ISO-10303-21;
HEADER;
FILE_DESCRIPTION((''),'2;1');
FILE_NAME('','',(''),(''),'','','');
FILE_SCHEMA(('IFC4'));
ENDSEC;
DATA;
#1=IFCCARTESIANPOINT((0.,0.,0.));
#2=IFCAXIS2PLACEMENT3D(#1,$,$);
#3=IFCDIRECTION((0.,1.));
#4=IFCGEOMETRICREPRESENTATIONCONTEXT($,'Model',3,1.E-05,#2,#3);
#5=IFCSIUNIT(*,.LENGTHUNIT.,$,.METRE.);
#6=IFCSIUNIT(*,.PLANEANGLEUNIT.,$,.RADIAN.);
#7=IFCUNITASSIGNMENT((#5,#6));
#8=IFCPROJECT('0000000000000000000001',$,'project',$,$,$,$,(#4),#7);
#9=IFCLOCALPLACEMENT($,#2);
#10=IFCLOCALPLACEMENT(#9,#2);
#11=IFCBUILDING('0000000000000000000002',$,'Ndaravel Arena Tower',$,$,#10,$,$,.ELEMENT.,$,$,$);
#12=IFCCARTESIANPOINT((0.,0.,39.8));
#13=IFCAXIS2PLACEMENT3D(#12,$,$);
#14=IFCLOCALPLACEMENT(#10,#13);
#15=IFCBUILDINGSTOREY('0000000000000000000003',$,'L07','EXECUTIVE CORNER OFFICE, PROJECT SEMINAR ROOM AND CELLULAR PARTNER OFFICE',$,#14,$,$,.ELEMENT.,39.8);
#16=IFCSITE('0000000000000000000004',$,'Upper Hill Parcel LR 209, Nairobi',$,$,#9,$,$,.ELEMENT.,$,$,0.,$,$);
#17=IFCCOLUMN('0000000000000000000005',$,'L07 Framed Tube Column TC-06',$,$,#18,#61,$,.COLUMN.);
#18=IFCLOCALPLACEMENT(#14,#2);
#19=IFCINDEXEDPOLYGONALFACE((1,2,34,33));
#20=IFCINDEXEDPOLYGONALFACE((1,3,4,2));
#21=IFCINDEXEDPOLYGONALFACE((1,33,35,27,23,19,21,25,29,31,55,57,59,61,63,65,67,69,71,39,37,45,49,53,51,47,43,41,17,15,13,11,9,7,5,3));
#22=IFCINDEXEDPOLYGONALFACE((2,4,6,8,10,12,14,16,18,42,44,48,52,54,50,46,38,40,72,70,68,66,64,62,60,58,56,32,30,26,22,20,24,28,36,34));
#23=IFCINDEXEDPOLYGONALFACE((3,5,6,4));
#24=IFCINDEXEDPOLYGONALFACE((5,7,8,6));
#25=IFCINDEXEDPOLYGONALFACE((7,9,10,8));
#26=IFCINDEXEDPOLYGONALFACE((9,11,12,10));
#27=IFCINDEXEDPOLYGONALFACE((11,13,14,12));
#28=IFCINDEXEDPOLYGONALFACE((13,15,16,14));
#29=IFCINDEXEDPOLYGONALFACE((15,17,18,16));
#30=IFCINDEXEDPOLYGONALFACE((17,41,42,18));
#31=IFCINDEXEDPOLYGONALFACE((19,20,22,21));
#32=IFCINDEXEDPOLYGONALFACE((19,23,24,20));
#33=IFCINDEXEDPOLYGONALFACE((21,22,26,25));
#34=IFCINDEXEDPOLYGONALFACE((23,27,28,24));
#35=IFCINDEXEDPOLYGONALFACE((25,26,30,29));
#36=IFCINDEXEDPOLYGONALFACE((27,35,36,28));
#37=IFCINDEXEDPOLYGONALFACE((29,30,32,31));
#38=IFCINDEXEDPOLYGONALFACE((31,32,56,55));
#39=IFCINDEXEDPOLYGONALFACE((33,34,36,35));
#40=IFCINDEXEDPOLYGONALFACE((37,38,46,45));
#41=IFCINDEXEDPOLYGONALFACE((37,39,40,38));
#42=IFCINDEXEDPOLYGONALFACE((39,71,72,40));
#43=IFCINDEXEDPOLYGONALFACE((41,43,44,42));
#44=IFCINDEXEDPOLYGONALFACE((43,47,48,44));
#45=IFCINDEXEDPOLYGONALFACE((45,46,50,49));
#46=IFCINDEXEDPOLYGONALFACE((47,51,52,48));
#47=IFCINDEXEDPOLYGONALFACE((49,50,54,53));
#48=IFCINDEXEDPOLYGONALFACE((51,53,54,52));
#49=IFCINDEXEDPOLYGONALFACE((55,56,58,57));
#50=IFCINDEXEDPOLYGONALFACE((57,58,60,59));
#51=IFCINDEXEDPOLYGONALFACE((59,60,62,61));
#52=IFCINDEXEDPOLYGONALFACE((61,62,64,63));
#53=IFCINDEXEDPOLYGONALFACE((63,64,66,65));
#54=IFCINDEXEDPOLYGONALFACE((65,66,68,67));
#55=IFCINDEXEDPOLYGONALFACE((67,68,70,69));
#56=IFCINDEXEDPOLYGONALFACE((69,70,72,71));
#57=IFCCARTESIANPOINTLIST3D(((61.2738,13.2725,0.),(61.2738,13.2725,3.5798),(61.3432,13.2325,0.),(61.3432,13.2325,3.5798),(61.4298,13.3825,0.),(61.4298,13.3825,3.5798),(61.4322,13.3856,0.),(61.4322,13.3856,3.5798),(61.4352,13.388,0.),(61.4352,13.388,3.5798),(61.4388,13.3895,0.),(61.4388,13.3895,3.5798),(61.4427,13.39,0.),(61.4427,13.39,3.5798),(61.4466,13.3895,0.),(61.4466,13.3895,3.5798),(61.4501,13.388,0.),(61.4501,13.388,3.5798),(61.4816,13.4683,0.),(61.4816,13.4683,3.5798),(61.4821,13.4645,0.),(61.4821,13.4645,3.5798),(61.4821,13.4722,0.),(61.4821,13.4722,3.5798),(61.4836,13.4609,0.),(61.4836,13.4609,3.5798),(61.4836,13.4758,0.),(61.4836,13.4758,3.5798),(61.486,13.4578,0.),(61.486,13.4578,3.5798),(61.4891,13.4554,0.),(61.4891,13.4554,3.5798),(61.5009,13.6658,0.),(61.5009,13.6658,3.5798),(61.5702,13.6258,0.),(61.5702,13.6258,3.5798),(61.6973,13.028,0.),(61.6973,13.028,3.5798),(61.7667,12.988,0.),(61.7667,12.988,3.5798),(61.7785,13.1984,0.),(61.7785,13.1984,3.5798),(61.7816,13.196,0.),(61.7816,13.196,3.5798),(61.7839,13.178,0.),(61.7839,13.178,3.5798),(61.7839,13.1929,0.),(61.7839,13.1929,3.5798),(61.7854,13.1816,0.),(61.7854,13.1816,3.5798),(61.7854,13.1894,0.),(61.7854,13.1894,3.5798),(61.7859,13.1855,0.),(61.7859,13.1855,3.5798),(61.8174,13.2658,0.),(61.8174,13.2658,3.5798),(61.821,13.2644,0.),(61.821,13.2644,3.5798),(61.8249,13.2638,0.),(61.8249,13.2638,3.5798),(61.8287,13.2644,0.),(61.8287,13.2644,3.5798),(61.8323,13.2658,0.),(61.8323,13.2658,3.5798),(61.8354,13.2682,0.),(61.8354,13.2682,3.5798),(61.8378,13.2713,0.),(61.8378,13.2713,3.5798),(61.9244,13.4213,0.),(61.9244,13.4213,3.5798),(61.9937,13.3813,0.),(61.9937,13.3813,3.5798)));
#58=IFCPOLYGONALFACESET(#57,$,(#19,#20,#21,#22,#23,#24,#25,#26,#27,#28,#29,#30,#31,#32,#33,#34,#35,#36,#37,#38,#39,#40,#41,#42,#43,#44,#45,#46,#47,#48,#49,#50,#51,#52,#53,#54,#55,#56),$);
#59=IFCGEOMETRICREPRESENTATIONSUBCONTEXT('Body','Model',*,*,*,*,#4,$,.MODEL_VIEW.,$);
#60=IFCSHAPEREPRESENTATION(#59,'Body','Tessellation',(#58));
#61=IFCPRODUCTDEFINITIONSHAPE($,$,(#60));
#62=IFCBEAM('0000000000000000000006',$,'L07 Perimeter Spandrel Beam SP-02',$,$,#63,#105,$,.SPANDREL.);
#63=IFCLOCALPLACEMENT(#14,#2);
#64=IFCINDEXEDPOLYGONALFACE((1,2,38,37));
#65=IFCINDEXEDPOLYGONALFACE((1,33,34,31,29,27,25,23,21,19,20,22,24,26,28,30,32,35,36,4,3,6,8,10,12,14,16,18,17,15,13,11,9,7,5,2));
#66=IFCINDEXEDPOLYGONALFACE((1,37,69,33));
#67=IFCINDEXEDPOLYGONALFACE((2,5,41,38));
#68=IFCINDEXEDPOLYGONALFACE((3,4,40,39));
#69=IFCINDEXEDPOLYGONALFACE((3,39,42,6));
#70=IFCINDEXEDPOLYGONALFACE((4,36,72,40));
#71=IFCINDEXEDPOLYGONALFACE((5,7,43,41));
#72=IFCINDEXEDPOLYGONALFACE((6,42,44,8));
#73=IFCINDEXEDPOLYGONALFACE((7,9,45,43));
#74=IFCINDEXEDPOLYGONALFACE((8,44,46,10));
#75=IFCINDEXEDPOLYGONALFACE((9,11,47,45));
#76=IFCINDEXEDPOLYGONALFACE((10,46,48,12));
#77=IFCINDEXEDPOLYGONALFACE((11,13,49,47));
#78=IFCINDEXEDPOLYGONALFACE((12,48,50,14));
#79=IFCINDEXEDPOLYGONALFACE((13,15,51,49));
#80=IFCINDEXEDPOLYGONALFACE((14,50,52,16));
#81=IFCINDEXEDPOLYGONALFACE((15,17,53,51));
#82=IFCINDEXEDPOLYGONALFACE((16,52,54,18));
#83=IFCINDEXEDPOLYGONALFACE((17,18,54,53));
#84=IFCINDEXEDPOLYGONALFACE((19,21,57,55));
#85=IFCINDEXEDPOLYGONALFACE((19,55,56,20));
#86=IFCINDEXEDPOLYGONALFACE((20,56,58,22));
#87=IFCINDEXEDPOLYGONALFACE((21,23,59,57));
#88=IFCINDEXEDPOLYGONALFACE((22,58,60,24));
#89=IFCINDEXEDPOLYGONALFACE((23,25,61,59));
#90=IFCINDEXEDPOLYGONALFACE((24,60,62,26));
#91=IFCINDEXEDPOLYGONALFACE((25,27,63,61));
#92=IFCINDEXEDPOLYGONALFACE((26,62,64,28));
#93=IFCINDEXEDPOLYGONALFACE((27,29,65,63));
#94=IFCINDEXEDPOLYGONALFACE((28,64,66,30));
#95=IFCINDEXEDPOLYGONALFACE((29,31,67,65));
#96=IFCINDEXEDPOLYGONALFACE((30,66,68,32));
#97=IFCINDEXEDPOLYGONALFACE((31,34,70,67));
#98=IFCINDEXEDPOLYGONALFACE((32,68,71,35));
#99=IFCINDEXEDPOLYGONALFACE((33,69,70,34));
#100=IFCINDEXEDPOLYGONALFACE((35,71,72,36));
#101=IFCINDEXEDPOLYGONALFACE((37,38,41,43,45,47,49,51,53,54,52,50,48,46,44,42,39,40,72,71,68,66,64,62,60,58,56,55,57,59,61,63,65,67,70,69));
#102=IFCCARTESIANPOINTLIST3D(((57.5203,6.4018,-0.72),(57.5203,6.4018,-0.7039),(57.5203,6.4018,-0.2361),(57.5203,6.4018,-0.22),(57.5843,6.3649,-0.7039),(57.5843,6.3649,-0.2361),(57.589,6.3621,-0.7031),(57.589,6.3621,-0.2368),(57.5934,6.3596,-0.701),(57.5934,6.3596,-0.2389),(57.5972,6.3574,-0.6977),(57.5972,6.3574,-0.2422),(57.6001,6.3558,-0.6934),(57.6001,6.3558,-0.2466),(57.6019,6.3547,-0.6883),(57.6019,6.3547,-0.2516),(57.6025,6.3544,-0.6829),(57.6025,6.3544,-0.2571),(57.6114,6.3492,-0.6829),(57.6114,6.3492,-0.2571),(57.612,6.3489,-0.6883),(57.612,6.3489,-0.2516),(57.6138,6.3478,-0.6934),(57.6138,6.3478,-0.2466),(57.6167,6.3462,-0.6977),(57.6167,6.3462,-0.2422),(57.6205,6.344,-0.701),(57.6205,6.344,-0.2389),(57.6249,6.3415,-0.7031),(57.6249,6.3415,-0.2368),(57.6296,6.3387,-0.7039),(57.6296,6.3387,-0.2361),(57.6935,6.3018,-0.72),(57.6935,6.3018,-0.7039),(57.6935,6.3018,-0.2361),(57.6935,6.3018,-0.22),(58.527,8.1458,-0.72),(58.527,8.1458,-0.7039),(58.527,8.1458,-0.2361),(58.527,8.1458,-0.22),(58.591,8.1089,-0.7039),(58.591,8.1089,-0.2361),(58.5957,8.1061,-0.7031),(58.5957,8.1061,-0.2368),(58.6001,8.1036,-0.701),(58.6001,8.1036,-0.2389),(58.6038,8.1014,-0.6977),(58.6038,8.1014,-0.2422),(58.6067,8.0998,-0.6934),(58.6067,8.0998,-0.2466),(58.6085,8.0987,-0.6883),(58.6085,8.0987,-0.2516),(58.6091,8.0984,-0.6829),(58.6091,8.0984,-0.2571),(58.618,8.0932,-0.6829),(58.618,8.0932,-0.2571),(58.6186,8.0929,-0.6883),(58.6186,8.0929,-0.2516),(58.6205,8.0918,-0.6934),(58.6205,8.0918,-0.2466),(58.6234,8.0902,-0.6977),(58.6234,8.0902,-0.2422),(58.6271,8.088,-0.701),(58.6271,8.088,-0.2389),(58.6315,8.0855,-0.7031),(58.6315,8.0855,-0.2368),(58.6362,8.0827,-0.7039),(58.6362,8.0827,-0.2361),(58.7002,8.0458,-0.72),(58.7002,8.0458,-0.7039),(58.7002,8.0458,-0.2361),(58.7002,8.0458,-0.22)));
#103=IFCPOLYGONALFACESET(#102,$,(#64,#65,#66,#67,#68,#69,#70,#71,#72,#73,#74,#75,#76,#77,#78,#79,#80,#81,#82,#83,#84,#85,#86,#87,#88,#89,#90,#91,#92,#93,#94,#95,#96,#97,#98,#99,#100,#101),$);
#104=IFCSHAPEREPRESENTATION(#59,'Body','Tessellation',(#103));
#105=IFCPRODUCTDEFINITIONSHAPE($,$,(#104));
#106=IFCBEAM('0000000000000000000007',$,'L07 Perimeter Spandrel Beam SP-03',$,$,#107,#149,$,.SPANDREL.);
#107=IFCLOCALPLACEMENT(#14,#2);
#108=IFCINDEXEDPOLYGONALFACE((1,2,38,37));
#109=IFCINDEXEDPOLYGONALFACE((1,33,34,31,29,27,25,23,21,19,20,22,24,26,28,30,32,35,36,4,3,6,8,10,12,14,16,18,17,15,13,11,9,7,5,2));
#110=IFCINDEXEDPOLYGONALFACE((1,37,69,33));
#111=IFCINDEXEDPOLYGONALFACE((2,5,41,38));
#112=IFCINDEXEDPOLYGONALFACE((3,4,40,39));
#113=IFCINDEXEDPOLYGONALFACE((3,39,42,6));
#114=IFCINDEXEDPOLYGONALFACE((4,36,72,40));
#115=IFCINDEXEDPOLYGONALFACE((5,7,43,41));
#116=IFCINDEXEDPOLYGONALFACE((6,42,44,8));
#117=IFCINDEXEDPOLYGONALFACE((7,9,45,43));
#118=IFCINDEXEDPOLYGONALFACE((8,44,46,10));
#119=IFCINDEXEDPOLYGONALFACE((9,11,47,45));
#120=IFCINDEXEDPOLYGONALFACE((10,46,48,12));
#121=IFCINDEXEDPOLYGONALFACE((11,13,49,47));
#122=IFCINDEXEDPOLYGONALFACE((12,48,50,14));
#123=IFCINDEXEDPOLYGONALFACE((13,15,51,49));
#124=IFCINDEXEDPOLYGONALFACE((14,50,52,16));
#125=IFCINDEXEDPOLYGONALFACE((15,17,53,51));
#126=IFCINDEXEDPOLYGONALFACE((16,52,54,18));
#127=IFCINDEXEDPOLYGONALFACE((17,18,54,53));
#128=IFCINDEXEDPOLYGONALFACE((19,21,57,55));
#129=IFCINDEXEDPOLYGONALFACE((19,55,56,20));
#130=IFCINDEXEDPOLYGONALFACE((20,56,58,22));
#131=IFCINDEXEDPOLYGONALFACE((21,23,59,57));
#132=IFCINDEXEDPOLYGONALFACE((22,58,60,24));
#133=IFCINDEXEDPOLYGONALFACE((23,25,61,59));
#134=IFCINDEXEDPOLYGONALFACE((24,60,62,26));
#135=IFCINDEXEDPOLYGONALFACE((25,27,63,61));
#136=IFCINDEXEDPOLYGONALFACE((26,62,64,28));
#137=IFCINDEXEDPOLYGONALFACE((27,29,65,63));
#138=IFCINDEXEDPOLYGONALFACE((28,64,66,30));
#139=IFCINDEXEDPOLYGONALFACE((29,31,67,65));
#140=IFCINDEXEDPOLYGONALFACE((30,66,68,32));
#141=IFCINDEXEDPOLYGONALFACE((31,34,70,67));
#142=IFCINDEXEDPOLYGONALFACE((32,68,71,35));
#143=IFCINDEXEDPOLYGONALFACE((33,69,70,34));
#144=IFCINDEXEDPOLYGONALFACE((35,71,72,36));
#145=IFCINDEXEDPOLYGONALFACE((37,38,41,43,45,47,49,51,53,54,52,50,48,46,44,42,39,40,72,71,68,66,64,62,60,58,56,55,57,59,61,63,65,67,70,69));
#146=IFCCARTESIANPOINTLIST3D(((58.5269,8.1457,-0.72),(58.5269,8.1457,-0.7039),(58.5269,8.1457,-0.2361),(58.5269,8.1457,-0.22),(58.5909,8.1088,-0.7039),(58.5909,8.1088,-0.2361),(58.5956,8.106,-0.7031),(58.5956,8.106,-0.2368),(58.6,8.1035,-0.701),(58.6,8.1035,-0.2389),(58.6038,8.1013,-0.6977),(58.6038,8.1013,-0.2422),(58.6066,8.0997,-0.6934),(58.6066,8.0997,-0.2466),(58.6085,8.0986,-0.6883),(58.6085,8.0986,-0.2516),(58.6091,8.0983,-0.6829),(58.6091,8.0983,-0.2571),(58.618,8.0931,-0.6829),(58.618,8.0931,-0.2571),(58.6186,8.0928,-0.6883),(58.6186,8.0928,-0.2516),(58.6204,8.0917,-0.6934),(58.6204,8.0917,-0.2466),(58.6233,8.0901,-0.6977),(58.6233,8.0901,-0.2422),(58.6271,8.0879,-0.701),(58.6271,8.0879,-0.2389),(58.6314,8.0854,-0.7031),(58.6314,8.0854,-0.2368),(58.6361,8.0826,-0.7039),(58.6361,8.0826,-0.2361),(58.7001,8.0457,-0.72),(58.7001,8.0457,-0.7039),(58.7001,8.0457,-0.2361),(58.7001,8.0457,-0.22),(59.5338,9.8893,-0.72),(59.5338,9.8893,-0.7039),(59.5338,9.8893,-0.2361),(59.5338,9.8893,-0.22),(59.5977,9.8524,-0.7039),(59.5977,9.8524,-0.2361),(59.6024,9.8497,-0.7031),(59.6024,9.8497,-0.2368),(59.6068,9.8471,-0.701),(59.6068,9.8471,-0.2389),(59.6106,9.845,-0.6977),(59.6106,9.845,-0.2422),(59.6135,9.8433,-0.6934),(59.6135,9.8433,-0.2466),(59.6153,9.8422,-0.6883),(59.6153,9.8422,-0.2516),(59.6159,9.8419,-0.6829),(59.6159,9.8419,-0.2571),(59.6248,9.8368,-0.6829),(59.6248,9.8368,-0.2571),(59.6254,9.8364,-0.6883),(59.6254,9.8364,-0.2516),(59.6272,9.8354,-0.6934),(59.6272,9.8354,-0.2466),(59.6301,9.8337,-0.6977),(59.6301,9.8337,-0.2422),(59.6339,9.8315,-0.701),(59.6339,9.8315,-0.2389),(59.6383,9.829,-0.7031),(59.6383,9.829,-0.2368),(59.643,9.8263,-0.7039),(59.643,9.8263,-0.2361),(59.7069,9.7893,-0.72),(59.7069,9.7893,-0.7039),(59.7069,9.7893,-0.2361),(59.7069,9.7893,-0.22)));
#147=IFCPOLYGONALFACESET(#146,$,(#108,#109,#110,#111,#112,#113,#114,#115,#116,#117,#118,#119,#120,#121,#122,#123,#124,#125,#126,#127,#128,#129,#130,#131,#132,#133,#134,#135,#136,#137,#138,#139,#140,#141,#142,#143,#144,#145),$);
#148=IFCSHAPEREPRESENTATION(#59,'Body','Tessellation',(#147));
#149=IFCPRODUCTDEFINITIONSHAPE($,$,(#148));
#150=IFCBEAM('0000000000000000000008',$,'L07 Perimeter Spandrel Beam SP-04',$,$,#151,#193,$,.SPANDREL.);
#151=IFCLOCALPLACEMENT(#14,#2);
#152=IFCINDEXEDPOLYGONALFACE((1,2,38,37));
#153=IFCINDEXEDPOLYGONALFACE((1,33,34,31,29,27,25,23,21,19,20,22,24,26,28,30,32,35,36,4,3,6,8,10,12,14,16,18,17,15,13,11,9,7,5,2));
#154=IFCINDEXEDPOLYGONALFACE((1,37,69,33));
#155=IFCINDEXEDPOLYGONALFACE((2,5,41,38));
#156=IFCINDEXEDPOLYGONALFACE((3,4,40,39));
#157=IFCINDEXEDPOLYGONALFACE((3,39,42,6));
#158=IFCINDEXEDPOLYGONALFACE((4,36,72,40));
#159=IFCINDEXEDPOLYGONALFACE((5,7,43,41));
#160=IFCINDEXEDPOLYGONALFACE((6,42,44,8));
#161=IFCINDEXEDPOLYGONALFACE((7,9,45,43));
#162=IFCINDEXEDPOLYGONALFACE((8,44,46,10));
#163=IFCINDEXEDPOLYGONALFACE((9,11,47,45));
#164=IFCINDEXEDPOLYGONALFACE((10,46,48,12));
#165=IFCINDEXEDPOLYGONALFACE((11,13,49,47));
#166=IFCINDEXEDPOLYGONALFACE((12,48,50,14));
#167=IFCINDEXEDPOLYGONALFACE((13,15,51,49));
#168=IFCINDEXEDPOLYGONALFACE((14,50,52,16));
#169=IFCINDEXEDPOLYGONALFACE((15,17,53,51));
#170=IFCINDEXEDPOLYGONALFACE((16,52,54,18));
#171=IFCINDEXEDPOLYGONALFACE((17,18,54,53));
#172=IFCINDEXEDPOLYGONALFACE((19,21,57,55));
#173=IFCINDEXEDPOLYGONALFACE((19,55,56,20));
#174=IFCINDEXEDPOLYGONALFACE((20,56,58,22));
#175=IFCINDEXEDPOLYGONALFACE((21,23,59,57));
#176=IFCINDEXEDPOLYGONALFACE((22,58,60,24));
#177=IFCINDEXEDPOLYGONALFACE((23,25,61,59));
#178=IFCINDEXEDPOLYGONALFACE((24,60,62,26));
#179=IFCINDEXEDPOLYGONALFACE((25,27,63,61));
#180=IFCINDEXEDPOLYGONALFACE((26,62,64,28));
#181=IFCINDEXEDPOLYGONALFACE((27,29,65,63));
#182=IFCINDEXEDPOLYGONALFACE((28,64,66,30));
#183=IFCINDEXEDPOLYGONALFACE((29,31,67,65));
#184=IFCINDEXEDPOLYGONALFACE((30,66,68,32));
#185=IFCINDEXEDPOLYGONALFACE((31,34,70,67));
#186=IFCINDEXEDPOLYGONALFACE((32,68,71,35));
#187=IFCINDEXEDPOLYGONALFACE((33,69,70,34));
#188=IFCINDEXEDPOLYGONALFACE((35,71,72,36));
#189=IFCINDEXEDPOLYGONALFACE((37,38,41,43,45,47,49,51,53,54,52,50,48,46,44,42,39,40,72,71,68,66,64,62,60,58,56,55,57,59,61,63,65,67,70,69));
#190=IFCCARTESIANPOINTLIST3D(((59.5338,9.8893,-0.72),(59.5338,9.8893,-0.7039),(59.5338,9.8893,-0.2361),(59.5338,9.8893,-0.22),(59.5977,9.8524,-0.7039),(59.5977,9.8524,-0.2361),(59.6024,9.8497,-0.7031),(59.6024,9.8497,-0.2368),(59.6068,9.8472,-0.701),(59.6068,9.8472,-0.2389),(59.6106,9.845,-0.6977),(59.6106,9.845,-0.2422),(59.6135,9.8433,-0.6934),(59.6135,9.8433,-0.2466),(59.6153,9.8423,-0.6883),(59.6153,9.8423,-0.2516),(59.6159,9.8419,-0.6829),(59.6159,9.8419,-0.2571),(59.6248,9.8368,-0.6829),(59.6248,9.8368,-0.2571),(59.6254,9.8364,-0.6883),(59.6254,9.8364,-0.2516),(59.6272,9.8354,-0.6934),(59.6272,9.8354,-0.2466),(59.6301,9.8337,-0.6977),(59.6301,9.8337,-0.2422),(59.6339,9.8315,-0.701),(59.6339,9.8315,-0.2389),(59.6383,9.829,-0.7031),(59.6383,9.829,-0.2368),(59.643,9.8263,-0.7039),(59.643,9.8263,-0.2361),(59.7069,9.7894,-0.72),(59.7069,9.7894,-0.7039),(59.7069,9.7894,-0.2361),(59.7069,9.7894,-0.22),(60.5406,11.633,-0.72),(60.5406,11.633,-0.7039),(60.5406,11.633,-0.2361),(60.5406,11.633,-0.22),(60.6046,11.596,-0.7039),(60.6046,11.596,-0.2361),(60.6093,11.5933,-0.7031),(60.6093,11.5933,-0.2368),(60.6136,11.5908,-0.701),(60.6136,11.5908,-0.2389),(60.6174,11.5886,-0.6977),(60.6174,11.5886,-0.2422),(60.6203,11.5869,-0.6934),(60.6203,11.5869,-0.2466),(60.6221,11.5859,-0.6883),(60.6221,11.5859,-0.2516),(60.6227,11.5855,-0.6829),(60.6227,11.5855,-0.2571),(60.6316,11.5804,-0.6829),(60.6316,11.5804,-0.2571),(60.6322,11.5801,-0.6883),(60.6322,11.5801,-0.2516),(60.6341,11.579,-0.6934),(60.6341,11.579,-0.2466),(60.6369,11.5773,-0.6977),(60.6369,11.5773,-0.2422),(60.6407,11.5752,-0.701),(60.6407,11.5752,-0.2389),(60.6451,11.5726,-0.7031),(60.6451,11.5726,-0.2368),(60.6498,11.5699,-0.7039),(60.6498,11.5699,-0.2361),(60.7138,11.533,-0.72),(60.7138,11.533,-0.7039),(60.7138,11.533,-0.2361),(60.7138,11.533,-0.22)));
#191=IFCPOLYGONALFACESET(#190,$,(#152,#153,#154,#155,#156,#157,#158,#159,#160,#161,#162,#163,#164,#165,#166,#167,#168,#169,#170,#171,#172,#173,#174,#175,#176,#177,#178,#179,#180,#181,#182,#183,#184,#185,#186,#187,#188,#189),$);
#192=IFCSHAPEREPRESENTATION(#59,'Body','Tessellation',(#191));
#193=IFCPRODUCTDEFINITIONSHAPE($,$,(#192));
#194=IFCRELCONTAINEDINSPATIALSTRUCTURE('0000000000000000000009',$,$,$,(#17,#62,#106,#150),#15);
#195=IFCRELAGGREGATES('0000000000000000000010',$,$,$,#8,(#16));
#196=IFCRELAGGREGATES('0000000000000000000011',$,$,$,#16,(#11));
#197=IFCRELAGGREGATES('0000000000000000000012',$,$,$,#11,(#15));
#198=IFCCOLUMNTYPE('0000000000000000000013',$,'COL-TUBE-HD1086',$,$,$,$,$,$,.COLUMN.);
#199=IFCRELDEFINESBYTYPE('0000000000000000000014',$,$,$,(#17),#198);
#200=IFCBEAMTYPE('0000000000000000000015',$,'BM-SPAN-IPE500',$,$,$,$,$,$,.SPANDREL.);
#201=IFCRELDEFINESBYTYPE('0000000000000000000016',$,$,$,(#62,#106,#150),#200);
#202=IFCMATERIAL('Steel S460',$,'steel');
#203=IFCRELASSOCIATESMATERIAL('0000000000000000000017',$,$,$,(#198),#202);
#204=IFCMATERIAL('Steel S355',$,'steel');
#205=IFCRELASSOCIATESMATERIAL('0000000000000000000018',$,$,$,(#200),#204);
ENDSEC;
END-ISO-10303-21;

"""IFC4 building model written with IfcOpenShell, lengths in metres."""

from ifc_helpers import new_model, si_unit, direction, frame, origin, origin_2d, place, context, subcontext, project, spatial, i_section, extrude, material, material_profile, profile_set, type_object, element, save


model = new_model("IFC4")

# Units and contexts
model_context = context("Model", 3, precision=1e-05, world=origin(), true_north=direction((0.0, 1.0)))
body_context = subcontext(model_context, "Body", "Model", "MODEL_VIEW")
ifc_project = project(units=[si_unit("LENGTHUNIT", "METRE"), si_unit("PLANEANGLEUNIT", "RADIAN")], contexts=[model_context])

# Site, building, storey
site_placement = place(None, origin())
site = spatial("IfcSite", under=ifc_project, at=site_placement, Name="Upper Hill Parcel LR 209, Nairobi", CompositionType="ELEMENT", RefElevation=0.0)
building_placement = place(site_placement, origin())
building = spatial("IfcBuilding", under=site, at=building_placement, Name="Ndaravel Arena Tower", CompositionType="ELEMENT")
storey_placement = place(building_placement, frame((0.0, 0.0, 39.8)))
storey = spatial("IfcBuildingStorey", under=building, at=storey_placement, Name="L07", Description="EXECUTIVE CORNER OFFICE, PROJECT SEMINAR ROOM AND CELLULAR PARTNER OFFICE", CompositionType="ELEMENT", Elevation=39.8)

# Column
ifc_material_1 = material(Name="Steel S460", Category="steel")
ifc_material_profile_1 = material_profile(ifc_material_1, i_section(OverallWidth=0.4541, OverallDepth=0.5691, WebThickness=0.0779, FlangeThickness=0.0801, FilletRadius=0.0149, at=origin_2d()), Name="HD 400x1086")
ifc_profile_set_1 = profile_set([ifc_material_profile_1], Name="Steel S460")
column_type = type_object("IfcColumnType", Name="COL-TUBE-HD1086", PredefinedType="COLUMN", material=ifc_profile_set_1)
for number, where, z_axis, x_axis, name in (
    (1, (61.6338, 13.3269, 0.0), (0.0, 0.0, 1.0), (0.5, 0.866025, 0.0), "L07 Framed Tube Column TC-06"),
):
    element("IfcColumn", number, at=place(storey_placement, frame(where, z_axis=z_axis, x_axis=x_axis)), inside=storey, type_object=column_type, Name=name, PredefinedType="COLUMN", context=body_context, shape_type="SweptSolid", body=[
        extrude(i_section(OverallWidth=0.4541, OverallDepth=0.5691, WebThickness=0.0779, FlangeThickness=0.0801, FilletRadius=0.0149, at=origin_2d()), origin(), (0.0, 0.0, 1.0), 3.5798),
    ])

# Beams
ifc_material_2 = material(Name="Steel S355", Category="steel")
ifc_material_profile_2 = material_profile(ifc_material_2, i_section(OverallWidth=0.2, OverallDepth=0.5, WebThickness=0.0103, FlangeThickness=0.0161, FilletRadius=0.021, at=origin_2d()), Name="IPE 500")
ifc_profile_set_2 = profile_set([ifc_material_profile_2], Name="Steel S355")
beam_type = type_object("IfcBeamType", Name="BM-SPAN-IPE500", PredefinedType="SPANDREL", material=ifc_profile_set_2)
beam_1_placement = place(storey_placement, frame((57.6069, 6.3518, -0.47), z_axis=(0.499908, 0.866079, 0.0), x_axis=(-0.866079, 0.499908, 0.0)))
element("IfcBeam", 2, at=beam_1_placement, inside=storey, type_object=beam_type, Name="L07 Perimeter Spandrel Beam SP-02", PredefinedType="SPANDREL", context=body_context, shape_type="SweptSolid", body=[
    extrude(i_section(OverallWidth=0.2, OverallDepth=0.5, WebThickness=0.0103, FlangeThickness=0.0161, FilletRadius=0.021, at=origin_2d()), origin(), (0.0, 0.0, 1.0), 2.0137),
])
for number, where, z_axis, x_axis, name in (
    (3, (58.6135, 8.0957, -0.47), (0.500051, 0.865996, 0.0), (-0.865996, 0.500051, 0.0), "L07 Perimeter Spandrel Beam SP-03"),
    (4, (59.6204, 9.8394, -0.47), (0.500051, 0.865996, 0.0), (-0.865996, 0.500051, 0.0), "L07 Perimeter Spandrel Beam SP-04"),
):
    element("IfcBeam", number, at=place(storey_placement, frame(where, z_axis=z_axis, x_axis=x_axis)), inside=storey, type_object=beam_type, Name=name, PredefinedType="SPANDREL", context=body_context, shape_type="SweptSolid", body=[
        extrude(i_section(OverallWidth=0.2, OverallDepth=0.5, WebThickness=0.0103, FlangeThickness=0.0161, FilletRadius=0.021, at=origin_2d()), origin(), (0.0, 0.0, 1.0), 2.0134),
    ])

save(model, "model.ifc")
